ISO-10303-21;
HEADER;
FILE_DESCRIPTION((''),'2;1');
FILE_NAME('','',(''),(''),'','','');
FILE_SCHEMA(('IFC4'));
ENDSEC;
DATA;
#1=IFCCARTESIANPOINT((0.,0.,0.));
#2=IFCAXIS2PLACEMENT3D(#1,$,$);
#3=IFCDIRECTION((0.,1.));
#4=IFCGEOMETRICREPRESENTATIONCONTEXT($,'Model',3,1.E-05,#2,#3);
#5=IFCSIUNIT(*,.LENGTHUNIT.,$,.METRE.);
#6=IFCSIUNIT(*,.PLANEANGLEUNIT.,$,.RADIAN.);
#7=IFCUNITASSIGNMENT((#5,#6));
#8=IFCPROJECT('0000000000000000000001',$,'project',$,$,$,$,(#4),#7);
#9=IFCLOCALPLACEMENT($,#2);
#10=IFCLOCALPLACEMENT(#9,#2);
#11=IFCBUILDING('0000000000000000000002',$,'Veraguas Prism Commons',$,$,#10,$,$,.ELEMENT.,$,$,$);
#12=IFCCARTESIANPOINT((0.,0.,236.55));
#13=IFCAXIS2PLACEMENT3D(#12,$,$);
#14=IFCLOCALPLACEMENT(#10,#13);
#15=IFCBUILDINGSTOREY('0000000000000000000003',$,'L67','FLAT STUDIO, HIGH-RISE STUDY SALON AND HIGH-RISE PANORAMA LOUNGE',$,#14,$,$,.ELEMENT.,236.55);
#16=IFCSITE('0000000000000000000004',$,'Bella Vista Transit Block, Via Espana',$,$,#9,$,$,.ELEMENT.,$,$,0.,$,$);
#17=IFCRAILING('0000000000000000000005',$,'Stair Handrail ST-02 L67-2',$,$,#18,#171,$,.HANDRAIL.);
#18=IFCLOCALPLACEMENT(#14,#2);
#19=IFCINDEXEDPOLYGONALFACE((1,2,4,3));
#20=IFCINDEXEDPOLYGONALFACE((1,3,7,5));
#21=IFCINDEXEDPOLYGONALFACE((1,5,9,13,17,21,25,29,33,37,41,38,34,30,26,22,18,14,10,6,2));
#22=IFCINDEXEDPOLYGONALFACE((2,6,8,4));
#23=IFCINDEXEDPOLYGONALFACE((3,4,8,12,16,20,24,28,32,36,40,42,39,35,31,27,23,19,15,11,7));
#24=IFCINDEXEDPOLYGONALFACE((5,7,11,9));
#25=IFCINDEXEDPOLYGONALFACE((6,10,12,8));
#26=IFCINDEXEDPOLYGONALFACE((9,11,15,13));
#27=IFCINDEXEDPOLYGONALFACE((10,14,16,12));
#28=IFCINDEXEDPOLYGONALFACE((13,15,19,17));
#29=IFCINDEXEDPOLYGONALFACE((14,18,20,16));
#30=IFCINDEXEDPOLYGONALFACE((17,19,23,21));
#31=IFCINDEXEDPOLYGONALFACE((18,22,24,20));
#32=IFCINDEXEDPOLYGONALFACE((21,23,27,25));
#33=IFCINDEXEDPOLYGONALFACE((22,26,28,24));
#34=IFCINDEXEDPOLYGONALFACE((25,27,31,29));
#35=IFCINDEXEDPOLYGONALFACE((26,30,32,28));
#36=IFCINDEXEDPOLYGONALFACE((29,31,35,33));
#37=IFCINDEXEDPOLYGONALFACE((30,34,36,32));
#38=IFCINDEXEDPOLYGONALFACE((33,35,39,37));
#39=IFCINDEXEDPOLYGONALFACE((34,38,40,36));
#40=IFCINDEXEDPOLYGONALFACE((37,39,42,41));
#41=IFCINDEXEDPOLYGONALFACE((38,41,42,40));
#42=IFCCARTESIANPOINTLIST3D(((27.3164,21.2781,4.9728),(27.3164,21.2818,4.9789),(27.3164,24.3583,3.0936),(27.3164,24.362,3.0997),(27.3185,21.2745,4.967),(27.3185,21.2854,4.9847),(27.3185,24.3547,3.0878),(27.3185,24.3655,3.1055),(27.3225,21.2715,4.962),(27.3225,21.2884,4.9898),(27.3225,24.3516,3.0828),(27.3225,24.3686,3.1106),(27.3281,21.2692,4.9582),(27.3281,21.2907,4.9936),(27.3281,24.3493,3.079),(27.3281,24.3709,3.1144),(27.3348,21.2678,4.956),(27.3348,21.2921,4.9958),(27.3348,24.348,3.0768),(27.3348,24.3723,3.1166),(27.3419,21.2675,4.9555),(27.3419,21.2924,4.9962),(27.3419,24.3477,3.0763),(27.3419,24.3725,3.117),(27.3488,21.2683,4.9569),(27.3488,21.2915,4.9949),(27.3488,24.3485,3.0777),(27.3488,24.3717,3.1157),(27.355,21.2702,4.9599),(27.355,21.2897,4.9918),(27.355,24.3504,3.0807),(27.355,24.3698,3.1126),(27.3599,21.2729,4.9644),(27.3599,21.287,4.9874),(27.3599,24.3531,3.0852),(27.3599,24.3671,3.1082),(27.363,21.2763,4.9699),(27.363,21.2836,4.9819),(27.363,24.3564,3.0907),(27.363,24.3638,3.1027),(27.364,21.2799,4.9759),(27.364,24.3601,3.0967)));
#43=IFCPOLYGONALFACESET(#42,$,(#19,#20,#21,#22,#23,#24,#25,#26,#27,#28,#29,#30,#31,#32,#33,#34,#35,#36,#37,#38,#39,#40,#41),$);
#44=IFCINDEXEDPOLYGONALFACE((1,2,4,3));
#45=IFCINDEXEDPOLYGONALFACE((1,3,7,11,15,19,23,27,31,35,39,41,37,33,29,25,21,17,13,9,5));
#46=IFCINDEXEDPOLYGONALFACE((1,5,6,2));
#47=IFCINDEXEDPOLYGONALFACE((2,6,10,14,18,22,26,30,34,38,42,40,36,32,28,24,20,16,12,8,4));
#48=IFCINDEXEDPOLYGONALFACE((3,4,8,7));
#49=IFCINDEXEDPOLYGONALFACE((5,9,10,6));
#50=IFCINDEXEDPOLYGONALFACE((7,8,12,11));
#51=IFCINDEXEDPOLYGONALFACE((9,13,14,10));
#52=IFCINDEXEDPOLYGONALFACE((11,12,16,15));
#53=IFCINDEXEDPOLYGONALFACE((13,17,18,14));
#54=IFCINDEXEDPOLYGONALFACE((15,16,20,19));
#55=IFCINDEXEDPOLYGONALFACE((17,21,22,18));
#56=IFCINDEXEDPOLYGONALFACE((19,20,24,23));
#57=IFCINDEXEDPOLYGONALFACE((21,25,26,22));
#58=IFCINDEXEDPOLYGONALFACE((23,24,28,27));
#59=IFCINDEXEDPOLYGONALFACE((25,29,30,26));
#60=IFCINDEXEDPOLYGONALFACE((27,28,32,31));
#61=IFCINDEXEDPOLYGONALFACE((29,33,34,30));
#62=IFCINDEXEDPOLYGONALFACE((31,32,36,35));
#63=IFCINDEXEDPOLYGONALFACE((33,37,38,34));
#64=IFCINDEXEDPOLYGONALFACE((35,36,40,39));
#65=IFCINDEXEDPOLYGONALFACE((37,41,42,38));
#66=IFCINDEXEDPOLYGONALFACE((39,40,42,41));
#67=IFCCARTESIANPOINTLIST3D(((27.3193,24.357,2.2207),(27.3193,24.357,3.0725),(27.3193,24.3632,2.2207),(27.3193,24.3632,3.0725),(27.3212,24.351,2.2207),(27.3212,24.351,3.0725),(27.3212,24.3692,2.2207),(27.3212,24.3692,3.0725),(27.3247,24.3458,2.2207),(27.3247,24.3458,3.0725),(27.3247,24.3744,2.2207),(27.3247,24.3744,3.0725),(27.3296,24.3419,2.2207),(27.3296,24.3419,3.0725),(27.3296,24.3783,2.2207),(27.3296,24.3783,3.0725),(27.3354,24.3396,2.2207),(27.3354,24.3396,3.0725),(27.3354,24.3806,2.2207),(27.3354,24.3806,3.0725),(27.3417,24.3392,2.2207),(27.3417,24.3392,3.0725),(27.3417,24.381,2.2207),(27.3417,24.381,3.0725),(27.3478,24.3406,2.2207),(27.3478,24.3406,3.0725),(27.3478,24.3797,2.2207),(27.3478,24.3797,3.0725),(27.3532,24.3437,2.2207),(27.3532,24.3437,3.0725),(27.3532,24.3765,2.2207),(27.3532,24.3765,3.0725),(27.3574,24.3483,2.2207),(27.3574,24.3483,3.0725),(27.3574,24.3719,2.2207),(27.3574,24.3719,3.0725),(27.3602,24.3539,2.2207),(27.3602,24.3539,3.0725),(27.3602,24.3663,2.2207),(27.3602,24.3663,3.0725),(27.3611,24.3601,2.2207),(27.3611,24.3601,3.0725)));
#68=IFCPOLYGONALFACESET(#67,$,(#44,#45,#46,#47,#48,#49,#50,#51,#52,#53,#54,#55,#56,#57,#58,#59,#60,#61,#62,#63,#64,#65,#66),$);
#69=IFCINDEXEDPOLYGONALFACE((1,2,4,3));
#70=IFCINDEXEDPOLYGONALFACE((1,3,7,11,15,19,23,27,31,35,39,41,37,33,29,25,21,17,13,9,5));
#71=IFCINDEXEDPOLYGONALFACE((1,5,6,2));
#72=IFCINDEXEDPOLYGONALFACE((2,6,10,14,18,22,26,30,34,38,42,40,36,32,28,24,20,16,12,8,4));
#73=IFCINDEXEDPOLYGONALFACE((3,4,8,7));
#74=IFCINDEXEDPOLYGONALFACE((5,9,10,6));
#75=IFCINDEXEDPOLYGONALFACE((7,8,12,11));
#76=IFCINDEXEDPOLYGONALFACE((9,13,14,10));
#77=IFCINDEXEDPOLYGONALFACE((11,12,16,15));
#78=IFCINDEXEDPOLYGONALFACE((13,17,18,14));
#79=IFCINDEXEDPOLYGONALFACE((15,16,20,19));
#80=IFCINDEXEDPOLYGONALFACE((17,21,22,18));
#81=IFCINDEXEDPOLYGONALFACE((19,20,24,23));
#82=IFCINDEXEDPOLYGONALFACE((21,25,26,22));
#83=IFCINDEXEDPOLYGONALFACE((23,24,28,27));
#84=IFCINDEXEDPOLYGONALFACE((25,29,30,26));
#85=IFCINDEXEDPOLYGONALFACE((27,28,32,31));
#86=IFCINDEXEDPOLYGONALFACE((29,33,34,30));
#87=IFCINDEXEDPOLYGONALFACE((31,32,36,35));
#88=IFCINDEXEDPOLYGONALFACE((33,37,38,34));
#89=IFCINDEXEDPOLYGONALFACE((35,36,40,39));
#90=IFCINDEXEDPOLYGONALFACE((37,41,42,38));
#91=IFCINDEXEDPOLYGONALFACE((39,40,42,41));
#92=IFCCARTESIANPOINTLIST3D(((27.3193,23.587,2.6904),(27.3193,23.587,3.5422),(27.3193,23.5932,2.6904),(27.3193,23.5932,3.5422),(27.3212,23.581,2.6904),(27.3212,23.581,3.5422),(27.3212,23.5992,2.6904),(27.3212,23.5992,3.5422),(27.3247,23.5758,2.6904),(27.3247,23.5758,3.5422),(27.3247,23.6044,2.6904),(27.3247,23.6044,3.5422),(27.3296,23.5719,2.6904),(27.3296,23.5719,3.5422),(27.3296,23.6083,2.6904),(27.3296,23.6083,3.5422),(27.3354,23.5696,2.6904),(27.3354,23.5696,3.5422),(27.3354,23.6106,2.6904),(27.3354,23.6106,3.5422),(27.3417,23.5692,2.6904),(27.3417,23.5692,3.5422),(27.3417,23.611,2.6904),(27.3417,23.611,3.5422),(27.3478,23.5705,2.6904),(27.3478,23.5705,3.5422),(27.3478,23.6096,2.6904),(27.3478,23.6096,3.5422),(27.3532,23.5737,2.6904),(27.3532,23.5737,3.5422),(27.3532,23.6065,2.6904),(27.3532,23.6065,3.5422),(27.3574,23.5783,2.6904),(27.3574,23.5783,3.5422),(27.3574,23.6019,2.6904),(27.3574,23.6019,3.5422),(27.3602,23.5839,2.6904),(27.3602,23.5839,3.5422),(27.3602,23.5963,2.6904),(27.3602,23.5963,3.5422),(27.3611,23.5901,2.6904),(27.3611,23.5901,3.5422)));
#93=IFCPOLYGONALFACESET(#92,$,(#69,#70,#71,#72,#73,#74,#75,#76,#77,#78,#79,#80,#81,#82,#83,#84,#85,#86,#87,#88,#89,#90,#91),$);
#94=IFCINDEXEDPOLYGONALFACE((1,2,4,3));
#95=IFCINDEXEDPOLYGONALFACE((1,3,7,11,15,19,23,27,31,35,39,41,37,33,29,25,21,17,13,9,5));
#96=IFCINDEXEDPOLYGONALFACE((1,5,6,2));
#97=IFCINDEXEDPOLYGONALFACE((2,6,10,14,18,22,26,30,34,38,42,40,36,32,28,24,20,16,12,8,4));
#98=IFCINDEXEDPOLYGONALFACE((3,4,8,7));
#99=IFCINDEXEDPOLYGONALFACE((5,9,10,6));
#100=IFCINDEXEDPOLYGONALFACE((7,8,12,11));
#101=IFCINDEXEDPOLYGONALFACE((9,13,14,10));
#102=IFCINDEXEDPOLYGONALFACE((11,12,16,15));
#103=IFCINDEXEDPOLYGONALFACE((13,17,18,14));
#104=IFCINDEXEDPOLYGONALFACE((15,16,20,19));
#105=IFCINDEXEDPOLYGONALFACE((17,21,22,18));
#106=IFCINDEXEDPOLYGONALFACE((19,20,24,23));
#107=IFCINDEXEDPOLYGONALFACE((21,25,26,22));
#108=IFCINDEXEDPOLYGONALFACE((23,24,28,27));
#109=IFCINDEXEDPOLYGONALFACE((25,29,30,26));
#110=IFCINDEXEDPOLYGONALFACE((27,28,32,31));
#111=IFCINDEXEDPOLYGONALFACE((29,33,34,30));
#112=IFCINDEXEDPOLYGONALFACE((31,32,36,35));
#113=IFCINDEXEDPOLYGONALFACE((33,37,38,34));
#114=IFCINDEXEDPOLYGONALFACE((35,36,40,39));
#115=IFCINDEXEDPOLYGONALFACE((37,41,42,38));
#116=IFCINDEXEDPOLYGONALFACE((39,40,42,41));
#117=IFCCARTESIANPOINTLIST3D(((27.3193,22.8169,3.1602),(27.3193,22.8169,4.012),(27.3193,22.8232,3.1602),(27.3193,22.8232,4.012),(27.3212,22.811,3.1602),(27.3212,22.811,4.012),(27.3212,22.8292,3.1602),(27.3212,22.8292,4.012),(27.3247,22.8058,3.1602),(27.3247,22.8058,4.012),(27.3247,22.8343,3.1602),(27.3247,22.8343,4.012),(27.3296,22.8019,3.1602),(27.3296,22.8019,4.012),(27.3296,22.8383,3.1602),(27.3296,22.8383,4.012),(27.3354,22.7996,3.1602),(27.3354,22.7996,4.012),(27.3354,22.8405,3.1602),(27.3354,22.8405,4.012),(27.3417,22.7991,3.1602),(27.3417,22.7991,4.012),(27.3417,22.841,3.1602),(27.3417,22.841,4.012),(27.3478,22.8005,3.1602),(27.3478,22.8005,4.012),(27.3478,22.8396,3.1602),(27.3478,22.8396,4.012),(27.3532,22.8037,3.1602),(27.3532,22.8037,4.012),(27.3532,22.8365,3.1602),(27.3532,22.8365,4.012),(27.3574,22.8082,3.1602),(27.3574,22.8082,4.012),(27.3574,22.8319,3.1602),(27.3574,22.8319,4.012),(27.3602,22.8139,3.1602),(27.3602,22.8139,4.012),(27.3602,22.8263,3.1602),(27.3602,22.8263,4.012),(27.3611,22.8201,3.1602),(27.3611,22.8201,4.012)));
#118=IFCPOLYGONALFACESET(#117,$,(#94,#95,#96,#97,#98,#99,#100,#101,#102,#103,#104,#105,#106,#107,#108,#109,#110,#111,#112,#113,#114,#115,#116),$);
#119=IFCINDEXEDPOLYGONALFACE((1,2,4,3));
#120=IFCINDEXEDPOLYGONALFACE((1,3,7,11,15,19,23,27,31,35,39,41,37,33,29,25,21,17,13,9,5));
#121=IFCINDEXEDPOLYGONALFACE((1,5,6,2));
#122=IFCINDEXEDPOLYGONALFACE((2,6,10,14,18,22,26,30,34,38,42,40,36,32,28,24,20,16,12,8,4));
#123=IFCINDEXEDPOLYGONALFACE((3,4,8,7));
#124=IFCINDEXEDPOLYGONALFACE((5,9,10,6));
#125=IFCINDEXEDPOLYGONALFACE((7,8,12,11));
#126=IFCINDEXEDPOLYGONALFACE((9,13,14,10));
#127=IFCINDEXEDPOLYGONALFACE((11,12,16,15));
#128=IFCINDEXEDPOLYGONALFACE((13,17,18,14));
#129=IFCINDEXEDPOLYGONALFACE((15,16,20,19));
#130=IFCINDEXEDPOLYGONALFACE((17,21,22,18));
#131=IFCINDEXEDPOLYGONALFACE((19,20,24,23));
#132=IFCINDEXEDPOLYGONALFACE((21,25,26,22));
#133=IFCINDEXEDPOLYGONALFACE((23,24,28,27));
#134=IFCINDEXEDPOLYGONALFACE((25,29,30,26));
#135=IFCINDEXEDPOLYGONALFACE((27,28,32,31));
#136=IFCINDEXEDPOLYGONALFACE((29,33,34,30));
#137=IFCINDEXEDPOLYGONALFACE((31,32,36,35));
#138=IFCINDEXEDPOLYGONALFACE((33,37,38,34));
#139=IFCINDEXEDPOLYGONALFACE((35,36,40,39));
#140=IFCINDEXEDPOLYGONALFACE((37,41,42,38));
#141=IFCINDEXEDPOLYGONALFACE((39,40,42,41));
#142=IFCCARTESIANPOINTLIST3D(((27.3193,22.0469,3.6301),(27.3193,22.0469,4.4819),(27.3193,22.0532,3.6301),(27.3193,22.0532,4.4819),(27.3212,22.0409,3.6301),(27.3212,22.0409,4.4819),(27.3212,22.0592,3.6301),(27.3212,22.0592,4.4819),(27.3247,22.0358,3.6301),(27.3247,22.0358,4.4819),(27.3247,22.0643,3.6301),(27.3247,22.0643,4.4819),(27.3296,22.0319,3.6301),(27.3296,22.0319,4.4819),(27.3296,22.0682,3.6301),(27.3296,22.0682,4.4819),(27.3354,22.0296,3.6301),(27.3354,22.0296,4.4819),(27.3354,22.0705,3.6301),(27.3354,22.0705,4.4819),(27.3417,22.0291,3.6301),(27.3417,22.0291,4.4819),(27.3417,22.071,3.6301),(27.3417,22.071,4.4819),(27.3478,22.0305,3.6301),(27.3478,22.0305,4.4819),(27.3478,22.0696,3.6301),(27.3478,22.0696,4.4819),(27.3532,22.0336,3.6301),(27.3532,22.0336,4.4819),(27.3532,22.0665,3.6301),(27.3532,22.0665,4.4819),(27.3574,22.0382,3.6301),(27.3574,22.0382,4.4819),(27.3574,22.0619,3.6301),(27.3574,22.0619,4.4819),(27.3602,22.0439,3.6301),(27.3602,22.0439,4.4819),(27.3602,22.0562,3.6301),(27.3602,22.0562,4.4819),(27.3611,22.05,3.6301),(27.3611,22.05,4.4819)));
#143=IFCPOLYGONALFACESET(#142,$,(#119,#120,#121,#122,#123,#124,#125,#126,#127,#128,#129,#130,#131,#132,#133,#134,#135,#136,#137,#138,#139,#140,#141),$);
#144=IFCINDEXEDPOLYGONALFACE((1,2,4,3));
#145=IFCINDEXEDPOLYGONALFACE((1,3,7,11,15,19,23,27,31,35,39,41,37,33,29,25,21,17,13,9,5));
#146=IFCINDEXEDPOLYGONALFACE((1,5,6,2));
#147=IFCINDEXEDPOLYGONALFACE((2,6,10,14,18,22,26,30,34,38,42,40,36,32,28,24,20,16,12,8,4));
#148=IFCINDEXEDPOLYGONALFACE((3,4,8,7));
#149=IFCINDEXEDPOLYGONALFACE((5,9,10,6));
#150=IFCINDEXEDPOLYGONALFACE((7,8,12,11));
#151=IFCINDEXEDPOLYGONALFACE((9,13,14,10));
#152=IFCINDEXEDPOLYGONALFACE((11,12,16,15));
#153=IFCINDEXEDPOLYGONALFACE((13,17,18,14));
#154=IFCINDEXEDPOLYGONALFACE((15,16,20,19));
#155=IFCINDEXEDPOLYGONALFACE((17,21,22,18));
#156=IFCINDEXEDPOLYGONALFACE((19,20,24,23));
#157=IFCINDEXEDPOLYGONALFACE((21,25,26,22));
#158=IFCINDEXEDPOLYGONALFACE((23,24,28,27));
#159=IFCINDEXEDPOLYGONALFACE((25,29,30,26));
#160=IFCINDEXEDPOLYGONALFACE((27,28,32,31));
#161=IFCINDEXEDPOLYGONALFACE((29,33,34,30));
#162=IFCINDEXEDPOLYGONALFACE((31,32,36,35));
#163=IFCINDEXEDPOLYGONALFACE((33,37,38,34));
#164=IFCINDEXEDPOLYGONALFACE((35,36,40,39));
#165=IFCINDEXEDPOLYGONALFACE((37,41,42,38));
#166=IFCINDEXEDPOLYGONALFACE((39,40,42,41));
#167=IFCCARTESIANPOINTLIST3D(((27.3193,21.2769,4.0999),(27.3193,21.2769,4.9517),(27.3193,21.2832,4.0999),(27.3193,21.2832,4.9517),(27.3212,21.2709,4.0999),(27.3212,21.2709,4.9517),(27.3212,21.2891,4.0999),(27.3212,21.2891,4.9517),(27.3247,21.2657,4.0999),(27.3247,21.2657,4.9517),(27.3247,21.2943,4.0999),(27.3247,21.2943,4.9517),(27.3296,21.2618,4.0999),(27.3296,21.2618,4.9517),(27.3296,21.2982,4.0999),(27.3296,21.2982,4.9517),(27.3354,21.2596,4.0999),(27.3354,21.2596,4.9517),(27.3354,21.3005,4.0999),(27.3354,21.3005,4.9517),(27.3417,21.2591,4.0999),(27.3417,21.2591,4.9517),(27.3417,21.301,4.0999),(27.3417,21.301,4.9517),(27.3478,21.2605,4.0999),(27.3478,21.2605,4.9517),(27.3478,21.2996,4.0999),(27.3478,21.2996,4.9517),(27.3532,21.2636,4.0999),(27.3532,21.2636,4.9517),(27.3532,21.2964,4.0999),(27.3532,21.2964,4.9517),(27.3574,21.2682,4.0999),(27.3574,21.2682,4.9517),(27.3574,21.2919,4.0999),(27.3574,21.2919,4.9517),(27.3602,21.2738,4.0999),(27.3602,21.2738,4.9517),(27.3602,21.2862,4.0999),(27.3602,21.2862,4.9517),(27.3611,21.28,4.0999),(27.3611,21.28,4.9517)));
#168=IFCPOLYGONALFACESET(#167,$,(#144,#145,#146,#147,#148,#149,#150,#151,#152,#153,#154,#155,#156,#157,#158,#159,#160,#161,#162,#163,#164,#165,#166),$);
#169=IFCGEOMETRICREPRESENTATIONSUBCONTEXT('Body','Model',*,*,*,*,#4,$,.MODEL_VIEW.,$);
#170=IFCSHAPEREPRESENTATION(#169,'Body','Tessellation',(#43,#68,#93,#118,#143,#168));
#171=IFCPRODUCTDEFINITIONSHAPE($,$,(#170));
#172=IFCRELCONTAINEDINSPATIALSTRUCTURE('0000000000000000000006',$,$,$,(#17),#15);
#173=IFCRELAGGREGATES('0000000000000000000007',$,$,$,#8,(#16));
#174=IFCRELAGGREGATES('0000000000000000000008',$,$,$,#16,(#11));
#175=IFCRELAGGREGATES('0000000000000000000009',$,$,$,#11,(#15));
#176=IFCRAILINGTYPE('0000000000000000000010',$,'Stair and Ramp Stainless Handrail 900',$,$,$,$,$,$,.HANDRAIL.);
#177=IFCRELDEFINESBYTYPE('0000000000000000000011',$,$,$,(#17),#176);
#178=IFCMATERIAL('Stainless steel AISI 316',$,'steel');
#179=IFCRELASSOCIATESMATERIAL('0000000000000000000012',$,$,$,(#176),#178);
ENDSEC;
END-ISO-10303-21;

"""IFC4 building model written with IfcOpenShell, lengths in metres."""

from ifc_helpers import new_model, si_unit, direction, frame, origin, origin_2d, place, context, subcontext, project, spatial, circle, extrude, material, type_object, element, save


model = new_model("IFC4")

# Units and contexts
model_context = context("Model", 3, precision=1e-05, world=origin(), true_north=direction((0.0, 1.0)))
body_context = subcontext(model_context, "Body", "Model", "MODEL_VIEW")
ifc_project = project(units=[si_unit("LENGTHUNIT", "METRE"), si_unit("PLANEANGLEUNIT", "RADIAN")], contexts=[model_context])

# Site, building, storey
site_placement = place(None, origin())
site = spatial("IfcSite", under=ifc_project, at=site_placement, Name="Bella Vista Transit Block, Via Espana", CompositionType="ELEMENT", RefElevation=0.0)
building_placement = place(site_placement, origin())
building = spatial("IfcBuilding", under=site, at=building_placement, Name="Veraguas Prism Commons", CompositionType="ELEMENT")
storey_placement = place(building_placement, frame((0.0, 0.0, 236.55)))
storey = spatial("IfcBuildingStorey", under=building, at=storey_placement, Name="L67", Description="FLAT STUDIO, HIGH-RISE STUDY SALON AND HIGH-RISE PANORAMA LOUNGE", CompositionType="ELEMENT", Elevation=236.55)

# Railing
ifc_material_1 = material(Name="Stainless steel AISI 316", Category="steel")
railing_type_1 = type_object("IfcRailingType", Name="Stair and Ramp Stainless Handrail 900", PredefinedType="HANDRAIL", material=ifc_material_1)
railing_1_placement = place(storey_placement, frame((27.3401, 24.3601, 2.2207)))
element("IfcRailing", 1, at=railing_1_placement, inside=storey, type_object=railing_type_1, Name="Stair Handrail ST-02 L67-2", PredefinedType="HANDRAIL", context=body_context, shape_type="SweptSolid", body=[
    extrude(circle(Radius=0.0239, at=origin_2d()), frame((0.0, 0.0, 0.876), z_axis=(0.0, -0.853666, 0.52082), x_axis=(1.0, 0.0, 0.0)), (0.0, 0.0, 1.0), 3.6082),
    extrude(circle(Radius=0.021, at=origin_2d()), origin(), (0.0, 0.0, 1.0), 0.8518),
    extrude(circle(Radius=0.021, at=origin_2d()), frame((0.0, -0.77, 0.4697)), (0.0, 0.0, 1.0), 0.8518),
    extrude(circle(Radius=0.021, at=origin_2d()), frame((0.0, -1.54, 0.9395)), (0.0, 0.0, 1.0), 0.8518),
    extrude(circle(Radius=0.021, at=origin_2d()), frame((0.0, -2.3101, 1.4094)), (0.0, 0.0, 1.0), 0.8518),
    extrude(circle(Radius=0.021, at=origin_2d()), frame((0.0, -3.0801, 1.8792)), (0.0, 0.0, 1.0), 0.8518),
])

save(model, "model.ifc")
